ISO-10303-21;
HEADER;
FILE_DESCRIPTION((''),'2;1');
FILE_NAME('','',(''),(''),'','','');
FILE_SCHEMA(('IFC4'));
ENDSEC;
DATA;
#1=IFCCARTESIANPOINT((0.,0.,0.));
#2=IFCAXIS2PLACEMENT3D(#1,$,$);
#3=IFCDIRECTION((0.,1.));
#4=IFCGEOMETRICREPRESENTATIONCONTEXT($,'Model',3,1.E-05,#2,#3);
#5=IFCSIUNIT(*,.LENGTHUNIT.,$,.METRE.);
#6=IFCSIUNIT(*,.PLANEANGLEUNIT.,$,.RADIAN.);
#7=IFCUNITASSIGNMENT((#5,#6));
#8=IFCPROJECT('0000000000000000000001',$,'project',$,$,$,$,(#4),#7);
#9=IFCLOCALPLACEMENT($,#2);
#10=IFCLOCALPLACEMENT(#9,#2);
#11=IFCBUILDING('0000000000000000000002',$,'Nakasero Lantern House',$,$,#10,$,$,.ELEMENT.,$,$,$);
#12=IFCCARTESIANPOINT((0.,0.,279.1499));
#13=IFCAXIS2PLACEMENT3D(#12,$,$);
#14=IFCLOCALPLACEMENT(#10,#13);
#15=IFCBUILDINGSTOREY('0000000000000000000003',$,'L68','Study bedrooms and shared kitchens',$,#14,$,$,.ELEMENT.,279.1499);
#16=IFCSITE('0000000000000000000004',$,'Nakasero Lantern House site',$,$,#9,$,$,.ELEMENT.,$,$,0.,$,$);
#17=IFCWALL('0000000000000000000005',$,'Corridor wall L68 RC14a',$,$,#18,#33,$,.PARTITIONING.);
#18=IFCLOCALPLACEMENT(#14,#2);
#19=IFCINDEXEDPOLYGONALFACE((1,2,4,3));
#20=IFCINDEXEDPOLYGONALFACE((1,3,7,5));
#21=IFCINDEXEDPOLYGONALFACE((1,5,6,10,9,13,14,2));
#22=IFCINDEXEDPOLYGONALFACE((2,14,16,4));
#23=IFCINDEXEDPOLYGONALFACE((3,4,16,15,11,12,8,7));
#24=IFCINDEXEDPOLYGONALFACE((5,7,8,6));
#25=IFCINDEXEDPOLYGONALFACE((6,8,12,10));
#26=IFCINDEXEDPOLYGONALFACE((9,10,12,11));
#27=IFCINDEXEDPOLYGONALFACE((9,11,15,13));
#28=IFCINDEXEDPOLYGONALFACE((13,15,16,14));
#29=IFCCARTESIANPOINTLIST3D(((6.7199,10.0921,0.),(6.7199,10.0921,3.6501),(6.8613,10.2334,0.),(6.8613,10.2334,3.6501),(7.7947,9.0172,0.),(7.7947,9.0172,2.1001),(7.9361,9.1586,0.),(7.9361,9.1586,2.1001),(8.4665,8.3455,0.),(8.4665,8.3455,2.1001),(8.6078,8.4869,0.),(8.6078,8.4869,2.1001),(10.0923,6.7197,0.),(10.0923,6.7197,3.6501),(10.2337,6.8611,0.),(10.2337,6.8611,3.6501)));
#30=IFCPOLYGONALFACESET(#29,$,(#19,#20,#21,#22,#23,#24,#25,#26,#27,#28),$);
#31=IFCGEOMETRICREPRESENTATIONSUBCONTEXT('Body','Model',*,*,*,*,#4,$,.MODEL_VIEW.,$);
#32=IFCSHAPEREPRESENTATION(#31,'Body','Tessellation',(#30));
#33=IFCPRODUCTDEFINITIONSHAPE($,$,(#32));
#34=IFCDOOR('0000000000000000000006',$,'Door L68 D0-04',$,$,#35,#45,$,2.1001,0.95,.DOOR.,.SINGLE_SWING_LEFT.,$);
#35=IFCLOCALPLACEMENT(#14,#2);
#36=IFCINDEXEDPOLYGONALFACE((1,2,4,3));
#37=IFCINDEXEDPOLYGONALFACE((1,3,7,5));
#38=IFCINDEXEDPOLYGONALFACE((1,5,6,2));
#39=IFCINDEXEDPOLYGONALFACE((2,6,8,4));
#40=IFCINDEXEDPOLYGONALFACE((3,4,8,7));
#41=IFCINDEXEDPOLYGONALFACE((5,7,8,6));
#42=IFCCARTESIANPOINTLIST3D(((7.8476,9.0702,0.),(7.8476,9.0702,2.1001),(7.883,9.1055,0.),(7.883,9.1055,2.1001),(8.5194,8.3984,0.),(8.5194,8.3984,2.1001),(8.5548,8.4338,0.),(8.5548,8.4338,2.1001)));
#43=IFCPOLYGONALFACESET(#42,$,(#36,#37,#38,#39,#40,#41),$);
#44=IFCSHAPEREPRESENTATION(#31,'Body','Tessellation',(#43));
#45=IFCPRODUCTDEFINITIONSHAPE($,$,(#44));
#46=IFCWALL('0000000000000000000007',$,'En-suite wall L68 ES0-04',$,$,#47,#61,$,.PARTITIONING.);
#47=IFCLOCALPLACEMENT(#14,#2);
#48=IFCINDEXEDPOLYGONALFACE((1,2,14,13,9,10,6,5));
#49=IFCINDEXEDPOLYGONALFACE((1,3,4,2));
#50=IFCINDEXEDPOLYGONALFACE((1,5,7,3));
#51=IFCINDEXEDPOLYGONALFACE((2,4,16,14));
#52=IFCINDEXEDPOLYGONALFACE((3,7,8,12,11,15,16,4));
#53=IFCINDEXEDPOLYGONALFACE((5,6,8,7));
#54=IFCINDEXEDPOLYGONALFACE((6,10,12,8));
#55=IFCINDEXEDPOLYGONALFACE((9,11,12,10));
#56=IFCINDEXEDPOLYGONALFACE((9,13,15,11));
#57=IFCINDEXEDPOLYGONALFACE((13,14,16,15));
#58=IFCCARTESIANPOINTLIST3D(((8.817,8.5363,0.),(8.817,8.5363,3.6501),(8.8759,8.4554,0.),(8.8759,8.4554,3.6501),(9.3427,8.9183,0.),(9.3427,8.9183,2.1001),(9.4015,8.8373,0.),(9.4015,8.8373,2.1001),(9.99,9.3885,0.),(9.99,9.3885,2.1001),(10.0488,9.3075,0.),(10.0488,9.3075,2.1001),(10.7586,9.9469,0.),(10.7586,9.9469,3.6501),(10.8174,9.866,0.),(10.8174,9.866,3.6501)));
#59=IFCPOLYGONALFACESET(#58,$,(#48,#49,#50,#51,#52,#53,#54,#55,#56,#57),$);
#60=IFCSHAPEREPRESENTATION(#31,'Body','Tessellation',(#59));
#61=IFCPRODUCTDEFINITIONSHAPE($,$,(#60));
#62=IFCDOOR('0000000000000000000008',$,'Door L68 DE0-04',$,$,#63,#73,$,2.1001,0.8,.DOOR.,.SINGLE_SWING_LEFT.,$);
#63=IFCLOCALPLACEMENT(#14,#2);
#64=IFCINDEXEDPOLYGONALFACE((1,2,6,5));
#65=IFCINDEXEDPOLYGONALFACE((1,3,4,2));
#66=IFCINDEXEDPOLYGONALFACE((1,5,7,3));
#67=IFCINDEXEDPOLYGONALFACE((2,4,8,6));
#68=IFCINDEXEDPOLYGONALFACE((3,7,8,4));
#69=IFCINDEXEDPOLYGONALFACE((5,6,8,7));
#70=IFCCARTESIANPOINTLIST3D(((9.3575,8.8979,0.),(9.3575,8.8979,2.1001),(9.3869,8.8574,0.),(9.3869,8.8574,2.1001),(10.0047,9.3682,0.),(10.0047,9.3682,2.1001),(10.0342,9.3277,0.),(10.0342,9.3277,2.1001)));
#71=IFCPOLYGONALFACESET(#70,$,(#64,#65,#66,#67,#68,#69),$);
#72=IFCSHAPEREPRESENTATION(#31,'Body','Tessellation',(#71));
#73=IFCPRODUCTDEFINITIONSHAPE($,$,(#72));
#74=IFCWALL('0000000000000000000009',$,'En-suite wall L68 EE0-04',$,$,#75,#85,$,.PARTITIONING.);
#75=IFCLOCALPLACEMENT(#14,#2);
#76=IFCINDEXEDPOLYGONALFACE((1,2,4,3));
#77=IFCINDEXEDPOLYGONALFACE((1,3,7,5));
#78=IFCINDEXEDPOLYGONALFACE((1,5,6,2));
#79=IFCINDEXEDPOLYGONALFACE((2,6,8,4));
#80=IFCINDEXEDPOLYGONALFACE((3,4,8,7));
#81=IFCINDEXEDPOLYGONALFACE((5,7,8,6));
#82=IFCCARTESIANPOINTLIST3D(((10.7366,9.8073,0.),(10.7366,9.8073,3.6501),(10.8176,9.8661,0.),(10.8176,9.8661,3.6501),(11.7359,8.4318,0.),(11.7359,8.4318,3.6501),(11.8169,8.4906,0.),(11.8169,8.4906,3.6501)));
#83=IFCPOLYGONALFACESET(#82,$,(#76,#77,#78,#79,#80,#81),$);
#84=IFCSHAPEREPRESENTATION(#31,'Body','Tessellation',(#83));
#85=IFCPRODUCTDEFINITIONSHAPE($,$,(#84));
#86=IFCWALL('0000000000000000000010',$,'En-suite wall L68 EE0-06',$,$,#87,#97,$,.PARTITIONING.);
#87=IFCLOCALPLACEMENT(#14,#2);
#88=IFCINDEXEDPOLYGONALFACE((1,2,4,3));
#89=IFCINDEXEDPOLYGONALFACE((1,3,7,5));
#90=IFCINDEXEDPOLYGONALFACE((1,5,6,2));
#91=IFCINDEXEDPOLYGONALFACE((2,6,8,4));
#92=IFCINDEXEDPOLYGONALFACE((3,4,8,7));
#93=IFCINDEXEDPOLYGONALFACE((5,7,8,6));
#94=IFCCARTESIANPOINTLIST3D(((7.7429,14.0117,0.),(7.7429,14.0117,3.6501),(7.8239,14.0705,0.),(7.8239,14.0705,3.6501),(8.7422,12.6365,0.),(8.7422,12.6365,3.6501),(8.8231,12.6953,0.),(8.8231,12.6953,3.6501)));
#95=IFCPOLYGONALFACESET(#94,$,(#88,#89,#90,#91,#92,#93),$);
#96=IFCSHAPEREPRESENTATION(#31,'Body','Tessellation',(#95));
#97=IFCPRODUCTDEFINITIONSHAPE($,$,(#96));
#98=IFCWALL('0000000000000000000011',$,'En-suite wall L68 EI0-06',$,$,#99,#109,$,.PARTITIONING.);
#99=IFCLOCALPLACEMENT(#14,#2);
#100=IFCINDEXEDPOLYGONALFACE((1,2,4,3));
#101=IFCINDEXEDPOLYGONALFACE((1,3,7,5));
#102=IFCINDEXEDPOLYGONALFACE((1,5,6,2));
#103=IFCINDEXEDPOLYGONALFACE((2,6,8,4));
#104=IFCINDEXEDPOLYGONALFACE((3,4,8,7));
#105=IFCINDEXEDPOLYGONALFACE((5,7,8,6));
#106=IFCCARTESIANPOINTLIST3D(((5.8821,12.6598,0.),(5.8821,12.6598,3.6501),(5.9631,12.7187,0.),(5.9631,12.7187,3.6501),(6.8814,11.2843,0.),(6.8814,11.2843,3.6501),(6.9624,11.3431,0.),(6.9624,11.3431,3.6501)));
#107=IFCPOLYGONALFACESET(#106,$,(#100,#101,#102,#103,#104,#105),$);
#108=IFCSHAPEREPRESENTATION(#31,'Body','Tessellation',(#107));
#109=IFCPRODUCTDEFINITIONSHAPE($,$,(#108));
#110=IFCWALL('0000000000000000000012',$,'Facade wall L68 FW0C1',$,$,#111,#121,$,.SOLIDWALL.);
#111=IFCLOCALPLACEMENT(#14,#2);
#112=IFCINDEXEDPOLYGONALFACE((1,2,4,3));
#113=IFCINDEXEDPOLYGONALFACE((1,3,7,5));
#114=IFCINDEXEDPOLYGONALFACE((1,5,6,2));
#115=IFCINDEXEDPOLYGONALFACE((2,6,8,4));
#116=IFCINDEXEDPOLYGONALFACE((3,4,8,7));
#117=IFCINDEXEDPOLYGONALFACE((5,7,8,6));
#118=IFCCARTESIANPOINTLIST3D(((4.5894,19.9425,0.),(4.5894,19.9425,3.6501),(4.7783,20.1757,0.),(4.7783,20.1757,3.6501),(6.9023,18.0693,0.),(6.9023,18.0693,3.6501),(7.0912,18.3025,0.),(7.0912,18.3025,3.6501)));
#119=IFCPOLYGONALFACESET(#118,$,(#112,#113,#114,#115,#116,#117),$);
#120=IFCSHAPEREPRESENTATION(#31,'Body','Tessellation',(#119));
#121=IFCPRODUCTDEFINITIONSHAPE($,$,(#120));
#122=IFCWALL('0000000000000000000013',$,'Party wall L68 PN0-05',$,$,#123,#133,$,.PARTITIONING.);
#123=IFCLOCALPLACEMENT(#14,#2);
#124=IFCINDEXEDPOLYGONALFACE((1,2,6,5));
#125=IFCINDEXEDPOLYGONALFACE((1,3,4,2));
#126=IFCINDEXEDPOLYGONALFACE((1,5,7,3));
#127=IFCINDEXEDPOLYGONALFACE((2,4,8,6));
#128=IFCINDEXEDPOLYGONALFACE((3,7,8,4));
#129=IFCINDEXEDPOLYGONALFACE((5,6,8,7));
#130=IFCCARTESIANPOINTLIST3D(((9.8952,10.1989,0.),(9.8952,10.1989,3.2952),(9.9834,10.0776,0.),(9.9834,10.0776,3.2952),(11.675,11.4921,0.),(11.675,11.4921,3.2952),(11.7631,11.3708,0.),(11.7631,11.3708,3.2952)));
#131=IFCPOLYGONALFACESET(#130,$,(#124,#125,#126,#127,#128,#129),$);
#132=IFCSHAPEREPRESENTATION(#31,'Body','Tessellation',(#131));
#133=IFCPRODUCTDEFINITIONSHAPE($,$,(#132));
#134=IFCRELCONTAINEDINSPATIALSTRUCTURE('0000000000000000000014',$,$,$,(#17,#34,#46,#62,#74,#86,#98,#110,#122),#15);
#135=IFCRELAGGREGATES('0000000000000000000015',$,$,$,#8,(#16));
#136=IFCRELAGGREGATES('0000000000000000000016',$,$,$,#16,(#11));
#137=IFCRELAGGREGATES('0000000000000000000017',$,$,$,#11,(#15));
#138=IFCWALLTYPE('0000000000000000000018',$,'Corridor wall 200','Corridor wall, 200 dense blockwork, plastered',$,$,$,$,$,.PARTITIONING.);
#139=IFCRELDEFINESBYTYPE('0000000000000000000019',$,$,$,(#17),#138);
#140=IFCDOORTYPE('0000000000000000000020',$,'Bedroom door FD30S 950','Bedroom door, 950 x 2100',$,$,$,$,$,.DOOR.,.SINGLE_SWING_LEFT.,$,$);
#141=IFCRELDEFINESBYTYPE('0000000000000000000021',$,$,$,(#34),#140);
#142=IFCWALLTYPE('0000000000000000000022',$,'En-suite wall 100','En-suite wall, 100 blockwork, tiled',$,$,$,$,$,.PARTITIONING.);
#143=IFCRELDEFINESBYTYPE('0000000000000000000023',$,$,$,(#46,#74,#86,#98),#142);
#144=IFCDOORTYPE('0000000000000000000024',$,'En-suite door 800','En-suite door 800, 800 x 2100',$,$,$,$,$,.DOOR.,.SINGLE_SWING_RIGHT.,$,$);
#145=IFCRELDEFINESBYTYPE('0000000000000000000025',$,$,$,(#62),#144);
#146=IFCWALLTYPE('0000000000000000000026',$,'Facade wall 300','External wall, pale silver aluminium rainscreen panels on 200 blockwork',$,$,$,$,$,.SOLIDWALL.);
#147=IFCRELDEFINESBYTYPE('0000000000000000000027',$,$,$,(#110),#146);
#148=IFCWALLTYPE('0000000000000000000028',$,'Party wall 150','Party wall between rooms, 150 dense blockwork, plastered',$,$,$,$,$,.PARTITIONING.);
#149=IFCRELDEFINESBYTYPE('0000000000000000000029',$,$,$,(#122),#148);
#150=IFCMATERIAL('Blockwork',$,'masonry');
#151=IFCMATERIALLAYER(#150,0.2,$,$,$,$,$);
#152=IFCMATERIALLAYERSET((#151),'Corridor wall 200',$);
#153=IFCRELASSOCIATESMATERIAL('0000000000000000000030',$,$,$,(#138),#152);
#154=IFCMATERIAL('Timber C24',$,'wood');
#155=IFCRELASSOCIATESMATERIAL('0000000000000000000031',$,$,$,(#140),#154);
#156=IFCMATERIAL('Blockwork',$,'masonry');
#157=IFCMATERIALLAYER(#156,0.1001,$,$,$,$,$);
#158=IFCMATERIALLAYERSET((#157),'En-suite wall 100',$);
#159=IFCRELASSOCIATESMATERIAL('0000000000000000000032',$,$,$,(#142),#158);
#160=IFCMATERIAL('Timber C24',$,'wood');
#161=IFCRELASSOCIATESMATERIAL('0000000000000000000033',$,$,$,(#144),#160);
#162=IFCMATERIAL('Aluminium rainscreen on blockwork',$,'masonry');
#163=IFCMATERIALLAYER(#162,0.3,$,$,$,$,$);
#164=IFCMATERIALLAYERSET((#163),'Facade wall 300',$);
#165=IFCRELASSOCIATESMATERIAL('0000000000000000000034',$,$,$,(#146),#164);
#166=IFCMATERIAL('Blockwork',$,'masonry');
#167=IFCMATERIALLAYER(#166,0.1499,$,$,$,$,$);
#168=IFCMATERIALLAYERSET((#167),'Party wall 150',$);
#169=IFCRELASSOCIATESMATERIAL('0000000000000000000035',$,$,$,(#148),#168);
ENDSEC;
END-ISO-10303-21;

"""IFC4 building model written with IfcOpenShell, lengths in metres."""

from ifc_helpers import new_model, si_unit, direction, frame, frame_2d, origin, place, context, subcontext, project, spatial, rectangle, extrude, material, layer, layer_set, type_object, element, fill, save


model = new_model("IFC4")

# Units and contexts
model_context = context("Model", 3, precision=1e-05, world=origin(), true_north=direction((0.0, 1.0)))
body_context = subcontext(model_context, "Body", "Model", "MODEL_VIEW")
ifc_project = project(units=[si_unit("LENGTHUNIT", "METRE"), si_unit("PLANEANGLEUNIT", "RADIAN")], contexts=[model_context])

# Site, building, storey
site_placement = place(None, origin())
site = spatial("IfcSite", under=ifc_project, at=site_placement, Name="Nakasero Lantern House site", CompositionType="ELEMENT", RefElevation=0.0)
building_placement = place(site_placement, origin())
building = spatial("IfcBuilding", under=site, at=building_placement, Name="Nakasero Lantern House", CompositionType="ELEMENT")
storey_placement = place(building_placement, frame((0.0, 0.0, 279.1499)))
storey = spatial("IfcBuildingStorey", under=building, at=storey_placement, Name="L68", Description="Study bedrooms and shared kitchens", CompositionType="ELEMENT", Elevation=279.1499)

# Walls, openings, doors
ifc_material_1 = material(Name="Blockwork", Category="masonry")
ifc_layer_1 = layer(ifc_material_1, 0.2)
ifc_layer_set_1 = layer_set([ifc_layer_1], Name="Corridor wall 200")
wall_type_1 = type_object("IfcWallType", Name="Corridor wall 200", Description="Corridor wall, 200 dense blockwork, plastered", PredefinedType="PARTITIONING", material=ifc_layer_set_1)
wall_1_placement = place(storey_placement, frame((6.7905, 10.1628, 0.0), z_axis=(0.0, 0.0, 1.0), x_axis=(0.707107, -0.707107, 0.0)))
wall_1 = element("IfcWall", 1, at=wall_1_placement, inside=storey, type_object=wall_type_1, Name="Corridor wall L68 RC14a", PredefinedType="PARTITIONING", context=body_context, shape_type="SweptSolid", body=[
    extrude(rectangle(XDim=4.7693, YDim=0.2, at=frame_2d((2.3848, 0.0))), origin(), (0.0, 0.0, 1.0), 3.6501),
])
opening_1_placement = place(wall_1_placement, frame((1.52, 0.0, 0.0)))
opening_1 = element("IfcOpeningElement", 2, at=opening_1_placement, cuts=wall_1, PredefinedType="OPENING", context=body_context, shape_type="SweptSolid", body=[
    extrude(rectangle(XDim=0.95, YDim=2.1001, at=frame_2d((0.4751, 1.05))), frame((0.0, 0.1199, 0.0), z_axis=(0.0, -1.0, 0.0), x_axis=(1.0, 0.0, 0.0)), (0.0, 0.0, 1.0), 0.24),
])
ifc_material_2 = material(Name="Timber C24", Category="wood")
door_type_1 = type_object("IfcDoorType", Name="Bedroom door FD30S 950", Description="Bedroom door, 950 x 2100", OperationType="SINGLE_SWING_LEFT", PredefinedType="DOOR", material=ifc_material_2)
door_1_placement = place(opening_1_placement, origin())
door_1 = element("IfcDoor", 3, at=door_1_placement, inside=storey, type_object=door_type_1, Name="Door L68 D0-04", OperationType="SINGLE_SWING_LEFT", OverallHeight=2.1001, OverallWidth=0.95, PredefinedType="DOOR", context=body_context, shape_type="SweptSolid", body=[
    extrude(rectangle(XDim=0.95, YDim=2.1001, at=frame_2d((0.4751, 1.05))), frame((0.0, 0.0249, 0.0), z_axis=(0.0, -1.0, 0.0), x_axis=(1.0, 0.0, 0.0)), (0.0, 0.0, 1.0), 0.05),
])
fill(opening_1, door_1)
ifc_material_3 = material(Name="Blockwork", Category="masonry")
ifc_layer_2 = layer(ifc_material_3, 0.1001)
ifc_layer_set_2 = layer_set([ifc_layer_2], Name="En-suite wall 100")
wall_type_2 = type_object("IfcWallType", Name="En-suite wall 100", Description="En-suite wall, 100 blockwork, tiled", PredefinedType="PARTITIONING", material=ifc_layer_set_2)
wall_2_placement = place(storey_placement, frame((8.8464, 8.4958, 0.0), z_axis=(0.0, 0.0, 1.0), x_axis=(0.809026, 0.587772, 0.0)))
wall_2 = element("IfcWall", 4, at=wall_2_placement, inside=storey, type_object=wall_type_2, Name="En-suite wall L68 ES0-04", PredefinedType="PARTITIONING", context=body_context, shape_type="SweptSolid", body=[
    extrude(rectangle(XDim=2.3999, YDim=0.1001, at=frame_2d((1.2, 0.0))), origin(), (0.0, 0.0, 1.0), 3.6501),
])
opening_2_placement = place(wall_2_placement, frame((0.6499, 0.0, 0.0)))
opening_2 = element("IfcOpeningElement", 5, at=opening_2_placement, cuts=wall_2, PredefinedType="OPENING", context=body_context, shape_type="SweptSolid", body=[
    extrude(rectangle(XDim=0.8, YDim=2.1001, at=frame_2d((0.3999, 1.05))), frame((0.0, 0.0701, 0.0), z_axis=(0.0, -1.0, 0.0), x_axis=(1.0, 0.0, 0.0)), (0.0, 0.0, 1.0), 0.1401),
])
ifc_material_4 = material(Name="Timber C24", Category="wood")
door_type_2 = type_object("IfcDoorType", Name="En-suite door 800", Description="En-suite door 800, 800 x 2100", OperationType="SINGLE_SWING_RIGHT", PredefinedType="DOOR", material=ifc_material_4)
door_2_placement = place(opening_2_placement, origin())
door_2 = element("IfcDoor", 6, at=door_2_placement, inside=storey, type_object=door_type_2, Name="Door L68 DE0-04", OperationType="SINGLE_SWING_LEFT", OverallHeight=2.1001, OverallWidth=0.8, PredefinedType="DOOR", context=body_context, shape_type="SweptSolid", body=[
    extrude(rectangle(XDim=0.8, YDim=2.1001, at=frame_2d((0.3999, 1.05))), frame((0.0, 0.0249, 0.0), z_axis=(0.0, -1.0, 0.0), x_axis=(1.0, 0.0, 0.0)), (0.0, 0.0, 1.0), 0.05),
])
fill(opening_2, door_2)

# Walls
wall_3_placement = place(storey_placement, frame((11.7764, 8.4612, 0.0), z_axis=(0.0, 0.0, 1.0), x_axis=(-0.587753, 0.80904, 0.0)))
element("IfcWall", 7, at=wall_3_placement, inside=storey, type_object=wall_type_2, Name="En-suite wall L68 EE0-04", PredefinedType="PARTITIONING", context=body_context, shape_type="SweptSolid", body=[
    extrude(rectangle(XDim=1.7002, YDim=0.1001, at=frame_2d((0.8501, 0.0))), origin(), (0.0, 0.0, 1.0), 3.6501),
])
wall_4_placement = place(storey_placement, frame((8.7827, 12.6658, 0.0), z_axis=(0.0, 0.0, 1.0), x_axis=(-0.587822, 0.808991, 0.0)))
element("IfcWall", 8, at=wall_4_placement, inside=storey, type_object=wall_type_2, Name="En-suite wall L68 EE0-06", PredefinedType="PARTITIONING", context=body_context, shape_type="SweptSolid", body=[
    extrude(rectangle(XDim=1.7, YDim=0.1001, at=frame_2d((0.8501, 0.0))), origin(), (0.0, 0.0, 1.0), 3.6501),
])
wall_5_placement = place(storey_placement, frame((6.9219, 11.3137, 0.0), z_axis=(0.0, 0.0, 1.0), x_axis=(-0.587753, 0.80904, 0.0)))
element("IfcWall", 9, at=wall_5_placement, inside=storey, type_object=wall_type_2, Name="En-suite wall L68 EI0-06", PredefinedType="PARTITIONING", context=body_context, shape_type="SweptSolid", body=[
    extrude(rectangle(XDim=1.7002, YDim=0.1001, at=frame_2d((0.8501, 0.0))), origin(), (0.0, 0.0, 1.0), 3.6501),
])
ifc_material_5 = material(Name="Aluminium rainscreen on blockwork", Category="masonry")
ifc_layer_3 = layer(ifc_material_5, 0.3)
ifc_layer_set_3 = layer_set([ifc_layer_3], Name="Facade wall 300")
wall_type_3 = type_object("IfcWallType", Name="Facade wall 300", Description="External wall, pale silver aluminium rainscreen panels on 200 blockwork", PredefinedType="SOLIDWALL", material=ifc_layer_set_3)
wall_6_placement = place(storey_placement, frame((6.9968, 18.1858, 0.0), z_axis=(0.0, 0.0, 1.0), x_axis=(-0.777102, 0.629375, 0.0)))
element("IfcWall", 10, at=wall_6_placement, inside=storey, type_object=wall_type_3, Name="Facade wall L68 FW0C1", PredefinedType="SOLIDWALL", context=body_context, shape_type="SweptSolid", body=[
    extrude(rectangle(XDim=2.9763, YDim=0.3, at=frame_2d((1.4883, 0.0))), origin(), (0.0, 0.0, 1.0), 3.6501),
])
ifc_material_6 = material(Name="Blockwork", Category="masonry")
ifc_layer_4 = layer(ifc_material_6, 0.1499)
ifc_layer_set_4 = layer_set([ifc_layer_4], Name="Party wall 150")
wall_type_4 = type_object("IfcWallType", Name="Party wall 150", Description="Party wall between rooms, 150 dense blockwork, plastered", PredefinedType="PARTITIONING", material=ifc_layer_set_4)
wall_7_placement = place(storey_placement, frame((9.9392, 10.1382, 0.0), z_axis=(0.0, 0.0, 1.0), x_axis=(0.80899, 0.587822, 0.0)))
element("IfcWall", 11, at=wall_7_placement, inside=storey, type_object=wall_type_4, Name="Party wall L68 PN0-05", PredefinedType="PARTITIONING", context=body_context, shape_type="SweptSolid", body=[
    extrude(rectangle(XDim=2.2, YDim=0.1499, at=frame_2d((1.1001, 0.0))), origin(), (0.0, 0.0, 1.0), 3.2952),
])

save(model, "model.ifc")
